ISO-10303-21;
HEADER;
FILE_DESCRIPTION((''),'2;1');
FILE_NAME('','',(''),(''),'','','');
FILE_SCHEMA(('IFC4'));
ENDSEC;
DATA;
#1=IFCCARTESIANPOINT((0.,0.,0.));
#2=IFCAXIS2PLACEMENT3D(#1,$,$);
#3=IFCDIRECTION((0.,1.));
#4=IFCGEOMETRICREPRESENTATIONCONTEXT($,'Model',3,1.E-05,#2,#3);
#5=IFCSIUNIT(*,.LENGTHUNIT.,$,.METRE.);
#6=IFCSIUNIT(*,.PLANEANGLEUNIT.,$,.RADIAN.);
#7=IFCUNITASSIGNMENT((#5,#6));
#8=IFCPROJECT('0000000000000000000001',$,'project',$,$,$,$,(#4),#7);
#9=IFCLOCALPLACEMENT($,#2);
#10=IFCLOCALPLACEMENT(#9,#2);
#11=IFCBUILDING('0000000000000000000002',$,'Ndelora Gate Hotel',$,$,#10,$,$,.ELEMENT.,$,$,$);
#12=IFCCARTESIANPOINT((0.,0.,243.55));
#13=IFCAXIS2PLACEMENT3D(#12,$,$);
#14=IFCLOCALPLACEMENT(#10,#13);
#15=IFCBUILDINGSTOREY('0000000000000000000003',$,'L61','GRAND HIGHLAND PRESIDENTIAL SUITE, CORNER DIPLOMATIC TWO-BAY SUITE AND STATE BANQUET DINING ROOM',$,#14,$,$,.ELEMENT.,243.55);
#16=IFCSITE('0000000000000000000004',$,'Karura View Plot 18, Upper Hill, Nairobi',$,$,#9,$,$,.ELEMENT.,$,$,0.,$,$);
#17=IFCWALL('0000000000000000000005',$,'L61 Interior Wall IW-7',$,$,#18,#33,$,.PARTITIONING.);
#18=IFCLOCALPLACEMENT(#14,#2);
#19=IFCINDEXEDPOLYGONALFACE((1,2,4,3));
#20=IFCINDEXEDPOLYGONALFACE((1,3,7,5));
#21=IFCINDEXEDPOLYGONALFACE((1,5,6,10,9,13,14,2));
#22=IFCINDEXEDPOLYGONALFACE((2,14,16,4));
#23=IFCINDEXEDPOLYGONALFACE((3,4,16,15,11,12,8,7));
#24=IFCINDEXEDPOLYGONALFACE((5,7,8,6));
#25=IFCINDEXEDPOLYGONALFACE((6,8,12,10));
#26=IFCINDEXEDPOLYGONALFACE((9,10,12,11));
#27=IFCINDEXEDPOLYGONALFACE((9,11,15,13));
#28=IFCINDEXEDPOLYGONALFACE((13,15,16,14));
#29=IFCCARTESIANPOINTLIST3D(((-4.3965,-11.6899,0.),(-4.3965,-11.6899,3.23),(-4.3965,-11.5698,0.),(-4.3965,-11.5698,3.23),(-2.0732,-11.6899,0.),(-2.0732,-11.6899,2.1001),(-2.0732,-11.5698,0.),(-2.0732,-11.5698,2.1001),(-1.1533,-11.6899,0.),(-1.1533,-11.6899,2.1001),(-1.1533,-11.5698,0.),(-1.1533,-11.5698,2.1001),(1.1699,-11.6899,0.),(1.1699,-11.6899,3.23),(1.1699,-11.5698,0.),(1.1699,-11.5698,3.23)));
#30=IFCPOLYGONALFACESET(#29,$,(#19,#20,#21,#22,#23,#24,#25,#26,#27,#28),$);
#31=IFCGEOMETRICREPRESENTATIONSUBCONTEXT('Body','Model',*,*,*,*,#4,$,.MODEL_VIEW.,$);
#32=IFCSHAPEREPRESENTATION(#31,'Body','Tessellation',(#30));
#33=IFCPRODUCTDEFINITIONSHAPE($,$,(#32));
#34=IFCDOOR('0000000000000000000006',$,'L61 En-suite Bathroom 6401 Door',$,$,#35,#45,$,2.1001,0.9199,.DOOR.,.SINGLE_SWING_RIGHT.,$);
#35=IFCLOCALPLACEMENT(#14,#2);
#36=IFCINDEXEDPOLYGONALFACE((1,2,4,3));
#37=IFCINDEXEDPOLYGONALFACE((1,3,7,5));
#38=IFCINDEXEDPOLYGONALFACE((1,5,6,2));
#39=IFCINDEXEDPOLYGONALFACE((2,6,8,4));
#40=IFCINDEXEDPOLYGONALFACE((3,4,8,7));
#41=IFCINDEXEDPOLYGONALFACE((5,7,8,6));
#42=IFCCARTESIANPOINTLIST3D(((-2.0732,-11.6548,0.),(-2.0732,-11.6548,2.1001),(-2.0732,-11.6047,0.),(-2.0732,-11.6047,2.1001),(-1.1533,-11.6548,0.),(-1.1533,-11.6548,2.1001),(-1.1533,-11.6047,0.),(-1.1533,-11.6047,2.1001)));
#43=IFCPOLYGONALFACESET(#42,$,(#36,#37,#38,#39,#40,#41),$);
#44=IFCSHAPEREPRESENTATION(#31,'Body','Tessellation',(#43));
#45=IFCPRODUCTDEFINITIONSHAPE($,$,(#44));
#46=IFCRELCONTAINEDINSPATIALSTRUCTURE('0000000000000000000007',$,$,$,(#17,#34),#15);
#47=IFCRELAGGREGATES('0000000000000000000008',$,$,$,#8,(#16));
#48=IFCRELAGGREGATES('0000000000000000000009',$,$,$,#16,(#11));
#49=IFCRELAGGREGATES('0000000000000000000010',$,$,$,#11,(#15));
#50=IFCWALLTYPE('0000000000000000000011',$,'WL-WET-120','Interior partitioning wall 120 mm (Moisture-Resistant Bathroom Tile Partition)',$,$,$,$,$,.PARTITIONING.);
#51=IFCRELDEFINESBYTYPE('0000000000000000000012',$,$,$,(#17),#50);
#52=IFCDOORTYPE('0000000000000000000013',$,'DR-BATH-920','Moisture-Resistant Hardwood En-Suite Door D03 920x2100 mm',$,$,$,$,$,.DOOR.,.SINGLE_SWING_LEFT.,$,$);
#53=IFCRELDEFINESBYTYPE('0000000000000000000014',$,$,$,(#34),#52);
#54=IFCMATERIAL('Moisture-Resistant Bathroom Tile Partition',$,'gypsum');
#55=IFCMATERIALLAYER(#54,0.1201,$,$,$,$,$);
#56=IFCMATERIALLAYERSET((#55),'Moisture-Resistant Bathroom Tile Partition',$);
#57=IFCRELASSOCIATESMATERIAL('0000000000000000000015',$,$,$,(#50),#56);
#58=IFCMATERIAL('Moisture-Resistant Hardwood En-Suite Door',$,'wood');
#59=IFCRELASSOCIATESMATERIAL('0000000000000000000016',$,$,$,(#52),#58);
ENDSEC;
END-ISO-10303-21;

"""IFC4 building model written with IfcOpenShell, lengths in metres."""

from ifc_helpers import new_model, si_unit, direction, frame, frame_2d, origin, place, context, subcontext, project, spatial, rectangle, extrude, material, layer, layer_set, type_object, element, fill, save


model = new_model("IFC4")

# Units and contexts
model_context = context("Model", 3, precision=1e-05, world=origin(), true_north=direction((0.0, 1.0)))
body_context = subcontext(model_context, "Body", "Model", "MODEL_VIEW")
ifc_project = project(units=[si_unit("LENGTHUNIT", "METRE"), si_unit("PLANEANGLEUNIT", "RADIAN")], contexts=[model_context])

# Site, building, storey
site_placement = place(None, origin())
site = spatial("IfcSite", under=ifc_project, at=site_placement, Name="Karura View Plot 18, Upper Hill, Nairobi", CompositionType="ELEMENT", RefElevation=0.0)
building_placement = place(site_placement, origin())
building = spatial("IfcBuilding", under=site, at=building_placement, Name="Ndelora Gate Hotel", CompositionType="ELEMENT")
storey_placement = place(building_placement, frame((0.0, 0.0, 243.55)))
storey = spatial("IfcBuildingStorey", under=building, at=storey_placement, Name="L61", Description="GRAND HIGHLAND PRESIDENTIAL SUITE, CORNER DIPLOMATIC TWO-BAY SUITE AND STATE BANQUET DINING ROOM", CompositionType="ELEMENT", Elevation=243.55)

# Wall, opening, door
ifc_material_1 = material(Name="Moisture-Resistant Bathroom Tile Partition", Category="gypsum")
ifc_layer_1 = layer(ifc_material_1, 0.1201)
ifc_layer_set_1 = layer_set([ifc_layer_1], Name="Moisture-Resistant Bathroom Tile Partition")
wall_type_1 = type_object("IfcWallType", Name="WL-WET-120", Description="Interior partitioning wall 120 mm (Moisture-Resistant Bathroom Tile Partition)", PredefinedType="PARTITIONING", material=ifc_layer_set_1)
wall_1_placement = place(storey_placement, frame((1.1699, -11.6299, 0.0), z_axis=(0.0, 0.0, 1.0), x_axis=(-1.0, 0.0, 0.0)))
wall_1 = element("IfcWall", 1, at=wall_1_placement, inside=storey, type_object=wall_type_1, Name="L61 Interior Wall IW-7", PredefinedType="PARTITIONING", context=body_context, shape_type="SweptSolid", body=[
    extrude(rectangle(XDim=5.5664, YDim=0.1201, at=frame_2d((2.7832, 0.0))), origin(), (0.0, 0.0, 1.0), 3.23),
])
opening_1_placement = place(wall_1_placement, frame((2.3232, 0.0, 0.0)))
opening_1 = element("IfcOpeningElement", 2, at=opening_1_placement, cuts=wall_1, PredefinedType="OPENING", context=body_context, shape_type="SweptSolid", body=[
    extrude(rectangle(XDim=0.9199, YDim=2.1001, at=frame_2d((0.46, 1.05))), frame((0.0, 0.0701, 0.0), z_axis=(0.0, -1.0, 0.0), x_axis=(1.0, 0.0, 0.0)), (0.0, 0.0, 1.0), 0.1401),
])
ifc_material_2 = material(Name="Moisture-Resistant Hardwood En-Suite Door", Category="wood")
door_type = type_object("IfcDoorType", Name="DR-BATH-920", Description="Moisture-Resistant Hardwood En-Suite Door D03 920x2100 mm", OperationType="SINGLE_SWING_LEFT", PredefinedType="DOOR", material=ifc_material_2)
door_placement = place(opening_1_placement, origin())
door = element("IfcDoor", 3, at=door_placement, inside=storey, type_object=door_type, Name="L61 En-suite Bathroom 6401 Door", OperationType="SINGLE_SWING_RIGHT", OverallHeight=2.1001, OverallWidth=0.9199, PredefinedType="DOOR", context=body_context, shape_type="SweptSolid", body=[
    extrude(rectangle(XDim=0.9199, YDim=2.1001, at=frame_2d((0.46, 1.05))), frame((0.0, 0.0249, 0.0), z_axis=(0.0, -1.0, 0.0), x_axis=(1.0, 0.0, 0.0)), (0.0, 0.0, 1.0), 0.05),
])
fill(opening_1, door)

save(model, "model.ifc")
